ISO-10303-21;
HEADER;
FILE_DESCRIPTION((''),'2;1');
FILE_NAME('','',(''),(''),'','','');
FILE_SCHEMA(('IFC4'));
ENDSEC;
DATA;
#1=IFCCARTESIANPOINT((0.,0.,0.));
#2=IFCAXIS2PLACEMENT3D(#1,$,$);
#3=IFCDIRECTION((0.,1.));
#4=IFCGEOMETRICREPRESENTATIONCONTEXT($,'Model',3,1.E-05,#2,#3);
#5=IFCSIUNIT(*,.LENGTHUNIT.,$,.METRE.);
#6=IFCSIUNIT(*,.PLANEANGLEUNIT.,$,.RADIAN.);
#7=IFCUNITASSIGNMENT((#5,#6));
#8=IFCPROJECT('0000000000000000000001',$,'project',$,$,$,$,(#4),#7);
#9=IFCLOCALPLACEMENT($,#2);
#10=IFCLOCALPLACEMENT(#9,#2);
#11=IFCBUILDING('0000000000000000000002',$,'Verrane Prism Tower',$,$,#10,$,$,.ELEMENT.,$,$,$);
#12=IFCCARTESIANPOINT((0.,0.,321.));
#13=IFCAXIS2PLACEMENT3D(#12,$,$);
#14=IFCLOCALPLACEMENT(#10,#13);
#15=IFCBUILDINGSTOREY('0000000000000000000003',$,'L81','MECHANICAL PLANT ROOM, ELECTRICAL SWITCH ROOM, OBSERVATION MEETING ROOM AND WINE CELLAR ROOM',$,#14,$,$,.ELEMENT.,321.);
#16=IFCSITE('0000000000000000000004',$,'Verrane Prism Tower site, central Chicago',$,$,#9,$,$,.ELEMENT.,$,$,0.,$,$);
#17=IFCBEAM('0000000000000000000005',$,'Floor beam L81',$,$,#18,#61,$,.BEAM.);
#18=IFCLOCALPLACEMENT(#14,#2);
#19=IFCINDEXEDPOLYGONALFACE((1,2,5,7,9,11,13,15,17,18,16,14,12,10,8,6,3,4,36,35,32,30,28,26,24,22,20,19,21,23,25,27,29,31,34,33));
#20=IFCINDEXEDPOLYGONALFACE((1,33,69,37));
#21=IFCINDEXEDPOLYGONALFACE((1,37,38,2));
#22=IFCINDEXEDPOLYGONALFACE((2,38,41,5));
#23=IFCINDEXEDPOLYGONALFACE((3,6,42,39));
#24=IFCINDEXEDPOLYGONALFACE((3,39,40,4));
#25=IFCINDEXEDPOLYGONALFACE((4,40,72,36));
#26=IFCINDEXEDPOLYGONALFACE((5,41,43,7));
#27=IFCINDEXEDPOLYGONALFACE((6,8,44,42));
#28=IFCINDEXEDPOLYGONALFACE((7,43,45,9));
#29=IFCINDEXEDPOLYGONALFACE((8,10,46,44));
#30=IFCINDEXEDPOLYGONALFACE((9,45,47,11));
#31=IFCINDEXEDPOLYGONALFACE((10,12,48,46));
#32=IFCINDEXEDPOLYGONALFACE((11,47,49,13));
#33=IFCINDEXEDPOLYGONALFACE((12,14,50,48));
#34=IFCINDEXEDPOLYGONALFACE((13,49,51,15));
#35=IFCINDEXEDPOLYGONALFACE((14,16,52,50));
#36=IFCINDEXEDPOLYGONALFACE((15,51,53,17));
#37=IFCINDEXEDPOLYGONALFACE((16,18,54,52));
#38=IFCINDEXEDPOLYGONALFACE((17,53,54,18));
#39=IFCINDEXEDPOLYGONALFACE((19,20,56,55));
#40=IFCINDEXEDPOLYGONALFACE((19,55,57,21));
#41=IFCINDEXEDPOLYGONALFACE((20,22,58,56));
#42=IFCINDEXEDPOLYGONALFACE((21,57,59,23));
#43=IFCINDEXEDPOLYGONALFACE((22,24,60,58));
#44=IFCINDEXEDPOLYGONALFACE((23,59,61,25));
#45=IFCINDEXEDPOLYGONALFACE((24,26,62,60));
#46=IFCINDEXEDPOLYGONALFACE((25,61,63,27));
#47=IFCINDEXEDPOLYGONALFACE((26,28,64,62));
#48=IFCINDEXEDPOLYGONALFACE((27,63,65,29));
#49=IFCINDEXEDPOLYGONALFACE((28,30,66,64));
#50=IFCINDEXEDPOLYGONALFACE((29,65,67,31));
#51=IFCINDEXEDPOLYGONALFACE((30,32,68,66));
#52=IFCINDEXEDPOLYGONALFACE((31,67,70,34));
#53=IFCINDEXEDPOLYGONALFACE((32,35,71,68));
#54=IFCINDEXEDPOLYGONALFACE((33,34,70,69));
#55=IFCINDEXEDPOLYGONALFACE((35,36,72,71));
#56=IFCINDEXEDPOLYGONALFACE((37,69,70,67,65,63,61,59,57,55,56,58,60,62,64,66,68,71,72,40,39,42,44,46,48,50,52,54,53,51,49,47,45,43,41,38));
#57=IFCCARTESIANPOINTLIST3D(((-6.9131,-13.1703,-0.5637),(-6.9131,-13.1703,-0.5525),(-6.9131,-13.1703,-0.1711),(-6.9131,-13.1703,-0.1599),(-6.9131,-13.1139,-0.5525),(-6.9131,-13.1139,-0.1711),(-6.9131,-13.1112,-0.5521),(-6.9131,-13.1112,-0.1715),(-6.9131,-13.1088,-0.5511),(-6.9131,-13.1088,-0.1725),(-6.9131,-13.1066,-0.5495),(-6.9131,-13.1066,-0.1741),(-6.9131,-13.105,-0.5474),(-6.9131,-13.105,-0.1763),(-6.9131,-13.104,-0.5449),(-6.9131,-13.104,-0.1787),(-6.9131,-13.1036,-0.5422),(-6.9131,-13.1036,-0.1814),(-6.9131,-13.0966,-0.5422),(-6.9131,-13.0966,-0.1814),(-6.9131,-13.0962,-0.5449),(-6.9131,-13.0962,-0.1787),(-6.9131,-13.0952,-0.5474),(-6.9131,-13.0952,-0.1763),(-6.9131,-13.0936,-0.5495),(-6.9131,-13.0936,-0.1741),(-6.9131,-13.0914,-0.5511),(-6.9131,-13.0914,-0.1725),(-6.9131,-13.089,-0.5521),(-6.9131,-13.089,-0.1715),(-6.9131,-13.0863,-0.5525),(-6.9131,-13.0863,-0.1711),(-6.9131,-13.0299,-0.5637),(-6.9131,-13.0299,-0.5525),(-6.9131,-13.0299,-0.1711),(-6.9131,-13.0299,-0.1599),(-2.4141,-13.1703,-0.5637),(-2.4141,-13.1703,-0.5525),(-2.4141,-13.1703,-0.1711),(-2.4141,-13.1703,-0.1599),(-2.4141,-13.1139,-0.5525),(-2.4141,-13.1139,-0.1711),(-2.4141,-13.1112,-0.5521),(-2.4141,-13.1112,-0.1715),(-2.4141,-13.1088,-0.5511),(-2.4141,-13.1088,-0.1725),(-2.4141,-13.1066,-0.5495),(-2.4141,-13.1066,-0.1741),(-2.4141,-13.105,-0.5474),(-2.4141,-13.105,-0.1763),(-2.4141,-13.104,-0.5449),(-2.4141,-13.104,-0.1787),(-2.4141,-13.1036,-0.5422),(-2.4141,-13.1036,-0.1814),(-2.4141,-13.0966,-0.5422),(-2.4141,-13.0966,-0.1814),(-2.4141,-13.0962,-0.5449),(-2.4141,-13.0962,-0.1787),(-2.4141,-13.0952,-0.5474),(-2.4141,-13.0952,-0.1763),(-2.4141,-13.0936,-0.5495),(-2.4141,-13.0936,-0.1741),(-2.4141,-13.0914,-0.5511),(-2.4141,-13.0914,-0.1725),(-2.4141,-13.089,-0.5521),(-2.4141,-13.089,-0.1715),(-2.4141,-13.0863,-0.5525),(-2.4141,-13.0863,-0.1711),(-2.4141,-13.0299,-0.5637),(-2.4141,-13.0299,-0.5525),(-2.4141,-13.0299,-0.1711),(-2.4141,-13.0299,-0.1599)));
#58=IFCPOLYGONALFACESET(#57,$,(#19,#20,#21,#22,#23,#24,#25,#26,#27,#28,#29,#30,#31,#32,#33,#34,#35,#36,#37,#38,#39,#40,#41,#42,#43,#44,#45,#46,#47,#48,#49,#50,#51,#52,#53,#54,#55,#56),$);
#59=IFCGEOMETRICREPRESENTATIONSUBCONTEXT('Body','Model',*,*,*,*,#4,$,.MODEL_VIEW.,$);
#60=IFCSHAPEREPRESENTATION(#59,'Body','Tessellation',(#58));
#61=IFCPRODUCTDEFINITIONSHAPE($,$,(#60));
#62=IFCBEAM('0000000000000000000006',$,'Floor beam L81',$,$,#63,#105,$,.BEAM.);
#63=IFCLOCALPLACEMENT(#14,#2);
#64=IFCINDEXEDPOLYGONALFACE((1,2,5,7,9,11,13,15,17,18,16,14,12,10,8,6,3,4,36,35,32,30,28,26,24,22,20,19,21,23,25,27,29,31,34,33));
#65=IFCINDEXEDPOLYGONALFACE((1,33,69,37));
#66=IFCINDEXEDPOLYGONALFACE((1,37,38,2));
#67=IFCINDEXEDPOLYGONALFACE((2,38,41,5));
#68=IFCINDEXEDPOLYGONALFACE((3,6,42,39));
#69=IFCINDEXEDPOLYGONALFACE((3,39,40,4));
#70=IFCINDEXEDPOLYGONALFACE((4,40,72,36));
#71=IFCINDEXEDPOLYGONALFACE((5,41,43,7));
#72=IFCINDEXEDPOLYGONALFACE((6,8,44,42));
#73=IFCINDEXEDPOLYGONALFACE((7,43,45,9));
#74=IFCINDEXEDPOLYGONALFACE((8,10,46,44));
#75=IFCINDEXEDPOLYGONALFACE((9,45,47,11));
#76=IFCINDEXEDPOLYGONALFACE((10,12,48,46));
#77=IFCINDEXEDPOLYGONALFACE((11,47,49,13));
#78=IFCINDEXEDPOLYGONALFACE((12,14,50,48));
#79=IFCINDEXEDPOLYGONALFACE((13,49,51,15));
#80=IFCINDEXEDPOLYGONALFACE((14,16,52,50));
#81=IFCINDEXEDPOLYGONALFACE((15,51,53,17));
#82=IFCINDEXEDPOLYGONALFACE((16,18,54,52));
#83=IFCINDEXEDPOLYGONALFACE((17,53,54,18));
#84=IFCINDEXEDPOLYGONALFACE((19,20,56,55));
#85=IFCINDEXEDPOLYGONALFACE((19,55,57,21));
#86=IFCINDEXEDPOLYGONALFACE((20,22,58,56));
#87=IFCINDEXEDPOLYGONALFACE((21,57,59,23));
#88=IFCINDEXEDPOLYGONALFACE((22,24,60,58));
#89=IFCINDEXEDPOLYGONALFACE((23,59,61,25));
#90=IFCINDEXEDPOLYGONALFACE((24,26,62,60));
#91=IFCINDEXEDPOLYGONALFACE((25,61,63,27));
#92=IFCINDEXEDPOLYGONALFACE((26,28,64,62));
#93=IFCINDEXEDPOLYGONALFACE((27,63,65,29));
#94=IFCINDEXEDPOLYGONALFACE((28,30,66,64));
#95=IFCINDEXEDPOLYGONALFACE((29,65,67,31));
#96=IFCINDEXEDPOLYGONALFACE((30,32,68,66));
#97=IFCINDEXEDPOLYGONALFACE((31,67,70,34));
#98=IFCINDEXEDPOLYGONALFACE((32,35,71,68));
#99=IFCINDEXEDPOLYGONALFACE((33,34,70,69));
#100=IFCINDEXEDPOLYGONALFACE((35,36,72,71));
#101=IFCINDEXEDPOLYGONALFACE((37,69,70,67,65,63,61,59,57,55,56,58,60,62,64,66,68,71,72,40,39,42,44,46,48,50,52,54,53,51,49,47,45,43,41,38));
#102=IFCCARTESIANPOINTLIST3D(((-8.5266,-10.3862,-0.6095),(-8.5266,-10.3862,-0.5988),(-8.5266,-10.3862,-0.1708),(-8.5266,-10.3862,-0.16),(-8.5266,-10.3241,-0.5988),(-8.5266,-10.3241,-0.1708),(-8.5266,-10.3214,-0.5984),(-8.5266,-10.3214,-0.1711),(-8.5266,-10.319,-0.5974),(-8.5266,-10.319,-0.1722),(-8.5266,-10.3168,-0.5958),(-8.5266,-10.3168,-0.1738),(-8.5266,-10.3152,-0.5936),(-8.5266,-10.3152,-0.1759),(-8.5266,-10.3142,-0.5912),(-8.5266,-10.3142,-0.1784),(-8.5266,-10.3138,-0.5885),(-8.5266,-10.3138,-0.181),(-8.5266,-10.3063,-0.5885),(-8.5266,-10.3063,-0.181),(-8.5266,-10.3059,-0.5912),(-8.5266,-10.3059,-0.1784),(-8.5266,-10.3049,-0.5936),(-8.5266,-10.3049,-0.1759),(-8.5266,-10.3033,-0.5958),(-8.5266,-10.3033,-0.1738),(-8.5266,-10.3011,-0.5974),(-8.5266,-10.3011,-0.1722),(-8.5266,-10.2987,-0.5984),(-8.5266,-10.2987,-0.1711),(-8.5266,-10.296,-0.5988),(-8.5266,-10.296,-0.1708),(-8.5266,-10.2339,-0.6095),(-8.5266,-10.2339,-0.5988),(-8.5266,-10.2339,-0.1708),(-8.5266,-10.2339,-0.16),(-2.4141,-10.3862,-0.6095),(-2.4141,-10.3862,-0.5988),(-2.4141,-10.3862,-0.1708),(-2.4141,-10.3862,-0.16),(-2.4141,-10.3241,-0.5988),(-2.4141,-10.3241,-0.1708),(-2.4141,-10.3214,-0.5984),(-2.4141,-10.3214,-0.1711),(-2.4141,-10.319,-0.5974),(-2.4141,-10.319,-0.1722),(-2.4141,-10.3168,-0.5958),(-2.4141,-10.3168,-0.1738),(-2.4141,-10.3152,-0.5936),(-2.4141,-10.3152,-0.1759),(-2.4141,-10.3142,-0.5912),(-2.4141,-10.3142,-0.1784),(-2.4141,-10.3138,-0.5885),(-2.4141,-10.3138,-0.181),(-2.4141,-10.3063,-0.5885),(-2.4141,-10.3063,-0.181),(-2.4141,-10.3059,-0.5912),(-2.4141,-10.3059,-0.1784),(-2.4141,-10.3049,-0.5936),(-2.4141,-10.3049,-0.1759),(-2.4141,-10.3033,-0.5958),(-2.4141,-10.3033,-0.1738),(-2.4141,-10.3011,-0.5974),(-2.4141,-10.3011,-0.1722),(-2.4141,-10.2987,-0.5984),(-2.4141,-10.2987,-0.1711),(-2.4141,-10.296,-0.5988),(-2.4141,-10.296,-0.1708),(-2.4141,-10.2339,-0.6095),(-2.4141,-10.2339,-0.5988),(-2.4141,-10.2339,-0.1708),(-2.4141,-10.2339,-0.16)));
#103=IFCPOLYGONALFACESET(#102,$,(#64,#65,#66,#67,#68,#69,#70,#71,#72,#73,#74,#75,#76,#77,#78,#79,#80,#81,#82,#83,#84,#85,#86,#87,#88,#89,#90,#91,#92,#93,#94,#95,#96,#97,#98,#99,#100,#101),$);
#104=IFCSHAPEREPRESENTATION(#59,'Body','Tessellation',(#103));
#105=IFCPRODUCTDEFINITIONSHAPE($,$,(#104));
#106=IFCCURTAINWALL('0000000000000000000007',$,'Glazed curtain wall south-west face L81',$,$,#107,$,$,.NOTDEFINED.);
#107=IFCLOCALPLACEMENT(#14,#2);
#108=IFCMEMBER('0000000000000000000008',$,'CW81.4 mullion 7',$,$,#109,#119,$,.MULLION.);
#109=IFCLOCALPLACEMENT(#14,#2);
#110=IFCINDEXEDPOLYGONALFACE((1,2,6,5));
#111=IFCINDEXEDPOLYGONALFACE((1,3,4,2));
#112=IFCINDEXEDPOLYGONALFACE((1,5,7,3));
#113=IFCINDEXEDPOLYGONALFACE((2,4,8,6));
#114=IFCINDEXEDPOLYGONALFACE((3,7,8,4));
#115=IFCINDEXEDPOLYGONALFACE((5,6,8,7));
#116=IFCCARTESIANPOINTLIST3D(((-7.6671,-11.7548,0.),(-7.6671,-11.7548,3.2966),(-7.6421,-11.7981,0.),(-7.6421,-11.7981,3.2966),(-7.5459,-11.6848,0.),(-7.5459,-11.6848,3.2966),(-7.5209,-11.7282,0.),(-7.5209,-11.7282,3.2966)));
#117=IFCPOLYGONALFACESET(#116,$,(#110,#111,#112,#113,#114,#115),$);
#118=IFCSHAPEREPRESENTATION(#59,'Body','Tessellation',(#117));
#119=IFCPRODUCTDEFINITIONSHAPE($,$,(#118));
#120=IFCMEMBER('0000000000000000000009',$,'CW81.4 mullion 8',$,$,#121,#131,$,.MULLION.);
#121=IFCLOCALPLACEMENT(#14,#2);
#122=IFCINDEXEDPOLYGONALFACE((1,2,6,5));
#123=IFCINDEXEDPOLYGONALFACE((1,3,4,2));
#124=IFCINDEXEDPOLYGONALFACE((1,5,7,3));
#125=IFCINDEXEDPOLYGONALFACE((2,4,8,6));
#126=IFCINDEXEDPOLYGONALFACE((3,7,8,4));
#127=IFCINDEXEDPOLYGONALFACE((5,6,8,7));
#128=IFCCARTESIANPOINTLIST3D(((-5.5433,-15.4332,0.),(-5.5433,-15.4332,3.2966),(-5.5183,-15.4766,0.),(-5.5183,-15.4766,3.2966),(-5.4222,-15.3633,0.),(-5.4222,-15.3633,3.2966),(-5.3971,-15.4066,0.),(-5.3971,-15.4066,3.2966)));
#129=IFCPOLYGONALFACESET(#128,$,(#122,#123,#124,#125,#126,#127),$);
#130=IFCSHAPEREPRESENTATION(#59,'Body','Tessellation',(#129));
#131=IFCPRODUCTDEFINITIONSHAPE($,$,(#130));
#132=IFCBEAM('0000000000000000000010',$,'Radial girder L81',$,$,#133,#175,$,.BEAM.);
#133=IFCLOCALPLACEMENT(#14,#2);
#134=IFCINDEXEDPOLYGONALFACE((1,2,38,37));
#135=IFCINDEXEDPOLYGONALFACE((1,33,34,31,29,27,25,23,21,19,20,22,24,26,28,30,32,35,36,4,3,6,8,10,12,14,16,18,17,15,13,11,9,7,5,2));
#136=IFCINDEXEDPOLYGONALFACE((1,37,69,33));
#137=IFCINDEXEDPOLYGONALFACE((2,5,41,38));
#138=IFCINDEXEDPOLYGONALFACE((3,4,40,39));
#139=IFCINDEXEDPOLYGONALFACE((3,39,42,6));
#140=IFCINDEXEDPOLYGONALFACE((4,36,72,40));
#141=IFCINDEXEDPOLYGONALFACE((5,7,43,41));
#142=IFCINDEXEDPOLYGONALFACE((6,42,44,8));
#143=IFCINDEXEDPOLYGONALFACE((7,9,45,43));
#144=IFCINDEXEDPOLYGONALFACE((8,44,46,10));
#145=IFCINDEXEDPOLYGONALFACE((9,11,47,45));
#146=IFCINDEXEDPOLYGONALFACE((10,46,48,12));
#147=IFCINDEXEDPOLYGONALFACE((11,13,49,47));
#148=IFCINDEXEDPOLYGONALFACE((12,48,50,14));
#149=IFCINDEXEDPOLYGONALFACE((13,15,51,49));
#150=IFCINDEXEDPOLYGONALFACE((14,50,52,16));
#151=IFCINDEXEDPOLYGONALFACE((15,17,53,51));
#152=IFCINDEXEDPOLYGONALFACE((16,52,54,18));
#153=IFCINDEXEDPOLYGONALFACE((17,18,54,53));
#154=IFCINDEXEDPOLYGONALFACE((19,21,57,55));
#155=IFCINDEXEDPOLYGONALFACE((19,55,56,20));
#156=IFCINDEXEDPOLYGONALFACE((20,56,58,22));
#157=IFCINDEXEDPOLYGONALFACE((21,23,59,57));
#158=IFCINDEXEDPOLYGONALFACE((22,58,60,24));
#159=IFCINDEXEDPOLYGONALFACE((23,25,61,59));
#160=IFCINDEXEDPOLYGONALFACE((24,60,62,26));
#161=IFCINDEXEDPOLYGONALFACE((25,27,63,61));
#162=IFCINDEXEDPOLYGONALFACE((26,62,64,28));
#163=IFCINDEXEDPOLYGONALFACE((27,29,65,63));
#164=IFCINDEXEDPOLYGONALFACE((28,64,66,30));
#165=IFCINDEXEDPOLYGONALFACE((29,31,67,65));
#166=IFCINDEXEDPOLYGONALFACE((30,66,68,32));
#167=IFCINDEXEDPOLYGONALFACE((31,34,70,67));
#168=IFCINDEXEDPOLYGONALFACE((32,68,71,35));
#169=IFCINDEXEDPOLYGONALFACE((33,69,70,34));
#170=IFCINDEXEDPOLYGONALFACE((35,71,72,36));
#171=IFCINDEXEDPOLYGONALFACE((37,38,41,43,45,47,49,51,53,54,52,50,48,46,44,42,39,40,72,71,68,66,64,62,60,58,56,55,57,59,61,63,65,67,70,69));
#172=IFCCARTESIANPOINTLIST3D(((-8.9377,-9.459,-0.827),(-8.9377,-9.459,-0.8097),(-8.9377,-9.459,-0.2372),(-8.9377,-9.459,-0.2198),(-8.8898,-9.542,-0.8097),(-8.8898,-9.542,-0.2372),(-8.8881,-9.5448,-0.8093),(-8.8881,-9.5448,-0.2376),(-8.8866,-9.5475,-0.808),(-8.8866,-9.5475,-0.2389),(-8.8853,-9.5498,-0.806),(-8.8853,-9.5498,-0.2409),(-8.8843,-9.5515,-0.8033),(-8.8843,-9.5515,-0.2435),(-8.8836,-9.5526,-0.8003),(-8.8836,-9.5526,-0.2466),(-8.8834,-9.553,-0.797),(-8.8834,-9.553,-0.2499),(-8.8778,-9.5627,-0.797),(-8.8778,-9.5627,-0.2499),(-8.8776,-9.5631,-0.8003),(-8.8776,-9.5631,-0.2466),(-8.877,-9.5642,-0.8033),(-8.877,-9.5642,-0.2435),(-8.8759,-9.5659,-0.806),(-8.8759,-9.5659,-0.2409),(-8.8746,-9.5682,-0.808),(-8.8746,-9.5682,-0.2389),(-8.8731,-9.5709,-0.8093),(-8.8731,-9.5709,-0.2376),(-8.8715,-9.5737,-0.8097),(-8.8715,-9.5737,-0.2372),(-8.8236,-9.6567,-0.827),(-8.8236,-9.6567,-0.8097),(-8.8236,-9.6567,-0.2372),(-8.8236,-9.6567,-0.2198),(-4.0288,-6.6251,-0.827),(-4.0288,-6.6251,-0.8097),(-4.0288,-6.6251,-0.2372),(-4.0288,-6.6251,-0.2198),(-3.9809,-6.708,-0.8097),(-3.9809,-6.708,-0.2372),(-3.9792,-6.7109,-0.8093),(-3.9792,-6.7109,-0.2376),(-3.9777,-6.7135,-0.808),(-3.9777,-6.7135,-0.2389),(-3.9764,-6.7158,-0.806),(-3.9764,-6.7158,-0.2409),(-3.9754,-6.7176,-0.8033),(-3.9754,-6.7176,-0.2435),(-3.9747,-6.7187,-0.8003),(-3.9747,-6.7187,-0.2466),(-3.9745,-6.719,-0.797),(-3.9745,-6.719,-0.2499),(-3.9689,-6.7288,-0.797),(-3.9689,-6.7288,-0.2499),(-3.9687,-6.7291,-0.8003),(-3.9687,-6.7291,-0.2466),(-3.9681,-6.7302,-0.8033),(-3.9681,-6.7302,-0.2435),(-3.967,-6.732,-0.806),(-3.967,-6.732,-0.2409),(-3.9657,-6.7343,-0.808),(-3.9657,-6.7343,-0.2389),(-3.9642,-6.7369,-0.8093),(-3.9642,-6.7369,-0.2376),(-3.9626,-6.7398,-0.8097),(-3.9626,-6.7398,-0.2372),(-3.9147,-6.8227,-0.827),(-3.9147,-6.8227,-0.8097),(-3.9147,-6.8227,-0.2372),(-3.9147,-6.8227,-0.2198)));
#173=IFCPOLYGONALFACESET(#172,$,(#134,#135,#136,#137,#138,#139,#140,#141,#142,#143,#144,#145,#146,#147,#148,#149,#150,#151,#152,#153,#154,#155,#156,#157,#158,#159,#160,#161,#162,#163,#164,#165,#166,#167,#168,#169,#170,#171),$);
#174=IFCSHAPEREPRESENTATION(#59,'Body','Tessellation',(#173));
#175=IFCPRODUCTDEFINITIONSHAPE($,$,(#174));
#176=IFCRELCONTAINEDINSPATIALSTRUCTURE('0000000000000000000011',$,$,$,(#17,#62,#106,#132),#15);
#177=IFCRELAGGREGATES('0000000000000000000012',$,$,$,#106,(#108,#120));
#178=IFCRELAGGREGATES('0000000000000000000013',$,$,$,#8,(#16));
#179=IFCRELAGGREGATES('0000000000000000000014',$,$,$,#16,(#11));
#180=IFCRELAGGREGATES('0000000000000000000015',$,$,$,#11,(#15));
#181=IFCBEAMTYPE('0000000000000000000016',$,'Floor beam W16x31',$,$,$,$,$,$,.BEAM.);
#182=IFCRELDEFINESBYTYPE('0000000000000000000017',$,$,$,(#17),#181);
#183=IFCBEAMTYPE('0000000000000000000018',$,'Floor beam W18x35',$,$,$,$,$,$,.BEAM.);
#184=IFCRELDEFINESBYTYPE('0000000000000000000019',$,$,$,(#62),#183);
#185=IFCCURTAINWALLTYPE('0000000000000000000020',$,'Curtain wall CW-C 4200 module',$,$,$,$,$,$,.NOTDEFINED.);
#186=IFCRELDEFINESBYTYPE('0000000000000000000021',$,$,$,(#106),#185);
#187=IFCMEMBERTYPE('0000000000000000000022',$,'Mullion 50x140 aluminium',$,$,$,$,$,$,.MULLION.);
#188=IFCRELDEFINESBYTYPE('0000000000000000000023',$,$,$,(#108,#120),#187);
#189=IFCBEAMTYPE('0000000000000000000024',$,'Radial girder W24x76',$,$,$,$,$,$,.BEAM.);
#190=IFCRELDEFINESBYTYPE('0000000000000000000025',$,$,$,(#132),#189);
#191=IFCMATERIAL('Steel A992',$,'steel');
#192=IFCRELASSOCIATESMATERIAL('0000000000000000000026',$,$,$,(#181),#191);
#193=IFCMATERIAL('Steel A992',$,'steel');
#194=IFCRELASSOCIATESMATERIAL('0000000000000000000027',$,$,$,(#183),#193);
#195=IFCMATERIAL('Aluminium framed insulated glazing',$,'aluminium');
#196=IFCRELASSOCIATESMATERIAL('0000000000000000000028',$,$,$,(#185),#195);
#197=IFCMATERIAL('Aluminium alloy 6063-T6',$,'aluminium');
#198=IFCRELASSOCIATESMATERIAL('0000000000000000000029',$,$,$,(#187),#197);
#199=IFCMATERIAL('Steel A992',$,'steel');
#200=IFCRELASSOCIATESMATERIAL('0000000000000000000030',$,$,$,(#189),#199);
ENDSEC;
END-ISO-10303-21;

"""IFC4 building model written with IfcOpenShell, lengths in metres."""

from ifc_helpers import new_model, si_unit, direction, frame, origin, origin_2d, place, context, subcontext, project, spatial, rectangle, i_section, extrude, material, material_profile, profile_set, type_object, element, aggregate, save


model = new_model("IFC4")

# Units and contexts
model_context = context("Model", 3, precision=1e-05, world=origin(), true_north=direction((0.0, 1.0)))
body_context = subcontext(model_context, "Body", "Model", "MODEL_VIEW")
ifc_project = project(units=[si_unit("LENGTHUNIT", "METRE"), si_unit("PLANEANGLEUNIT", "RADIAN")], contexts=[model_context])

# Site, building, storey
site_placement = place(None, origin())
site = spatial("IfcSite", under=ifc_project, at=site_placement, Name="Verrane Prism Tower site, central Chicago", CompositionType="ELEMENT", RefElevation=0.0)
building_placement = place(site_placement, origin())
building = spatial("IfcBuilding", under=site, at=building_placement, Name="Verrane Prism Tower", CompositionType="ELEMENT")
storey_placement = place(building_placement, frame((0.0, 0.0, 321.0)))
storey = spatial("IfcBuildingStorey", under=building, at=storey_placement, Name="L81", Description="MECHANICAL PLANT ROOM, ELECTRICAL SWITCH ROOM, OBSERVATION MEETING ROOM AND WINE CELLAR ROOM", CompositionType="ELEMENT", Elevation=321.0)

# Beams
ifc_material_1 = material(Name="Steel A992", Category="steel")
ifc_material_profile_1 = material_profile(ifc_material_1, i_section(OverallWidth=0.1404, OverallDepth=0.4038, WebThickness=0.0071, FlangeThickness=0.0112, FilletRadius=0.0103, at=origin_2d()), Name="W16x31")
ifc_profile_set_1 = profile_set([ifc_material_profile_1], Name="Steel A992")
beam_type_1 = type_object("IfcBeamType", Name="Floor beam W16x31", PredefinedType="BEAM", material=ifc_profile_set_1)
beam_1_placement = place(storey_placement, frame((-6.9131, -13.1001, -0.3618), z_axis=(1.0, 0.0, 0.0), x_axis=(0.0, 1.0, 0.0)))
element("IfcBeam", 1, at=beam_1_placement, inside=storey, type_object=beam_type_1, Name="Floor beam L81", PredefinedType="BEAM", context=body_context, shape_type="SweptSolid", body=[
    extrude(i_section(OverallWidth=0.1404, OverallDepth=0.4038, WebThickness=0.0071, FlangeThickness=0.0112, FilletRadius=0.0103, at=origin_2d()), origin(), (0.0, 0.0, 1.0), 4.499),
])
ifc_material_2 = material(Name="Steel A992", Category="steel")
ifc_material_profile_2 = material_profile(ifc_material_2, i_section(OverallWidth=0.1523, OverallDepth=0.4495, WebThickness=0.0076, FlangeThickness=0.0107, FilletRadius=0.0103, at=origin_2d()), Name="W18x35")
ifc_profile_set_2 = profile_set([ifc_material_profile_2], Name="Steel A992")
beam_type_2 = type_object("IfcBeamType", Name="Floor beam W18x35", PredefinedType="BEAM", material=ifc_profile_set_2)
beam_2_placement = place(storey_placement, frame((-8.5266, -10.3101, -0.3848), z_axis=(1.0, 0.0, 0.0), x_axis=(0.0, 1.0, 0.0)))
element("IfcBeam", 2, at=beam_2_placement, inside=storey, type_object=beam_type_2, Name="Floor beam L81", PredefinedType="BEAM", context=body_context, shape_type="SweptSolid", body=[
    extrude(i_section(OverallWidth=0.1523, OverallDepth=0.4495, WebThickness=0.0076, FlangeThickness=0.0107, FilletRadius=0.0103, at=origin_2d()), origin(), (0.0, 0.0, 1.0), 6.1125),
])

# Curtain wall, members
ifc_material_3 = material(Name="Aluminium framed insulated glazing", Category="aluminium")
curtain_wall_type = type_object("IfcCurtainWallType", Name="Curtain wall CW-C 4200 module", PredefinedType="NOTDEFINED", material=ifc_material_3)
curtain_wall_placement = place(storey_placement, origin())
curtain_wall = element("IfcCurtainWall", 3, at=curtain_wall_placement, inside=storey, type_object=curtain_wall_type, Name="Glazed curtain wall south-west face L81", PredefinedType="NOTDEFINED")
ifc_material_4 = material(Name="Aluminium alloy 6063-T6", Category="aluminium")
ifc_material_profile_3 = material_profile(ifc_material_4, rectangle(XDim=0.1399, YDim=0.05, at=origin_2d()), Name="Mullion 50x140 aluminium")
ifc_profile_set_3 = profile_set([ifc_material_profile_3], Name="Aluminium alloy 6063-T6")
member_type_1 = type_object("IfcMemberType", Name="Mullion 50x140 aluminium", PredefinedType="MULLION", material=ifc_profile_set_3)
member_1_placement = place(storey_placement, frame((-7.594, -11.7415, 0.0), z_axis=(0.0, 0.0, 1.0), x_axis=(0.866025, 0.5, 0.0)))
member_1 = element("IfcMember", 4, at=member_1_placement, type_object=member_type_1, Name="CW81.4 mullion 7", PredefinedType="MULLION", context=body_context, shape_type="SweptSolid", body=[
    extrude(rectangle(XDim=0.1399, YDim=0.05, at=origin_2d()), origin(), (0.0, 0.0, 1.0), 3.2966),
])
member_2_placement = place(storey_placement, frame((-5.4702, -15.4199, 0.0), z_axis=(0.0, 0.0, 1.0), x_axis=(0.866025, 0.5, 0.0)))
member_2 = element("IfcMember", 5, at=member_2_placement, type_object=member_type_1, Name="CW81.4 mullion 8", PredefinedType="MULLION", context=body_context, shape_type="SweptSolid", body=[
    extrude(rectangle(XDim=0.1399, YDim=0.05, at=origin_2d()), origin(), (0.0, 0.0, 1.0), 3.2966),
])

# Beam
ifc_material_5 = material(Name="Steel A992", Category="steel")
ifc_material_profile_4 = material_profile(ifc_material_5, i_section(OverallWidth=0.2283, OverallDepth=0.6072, WebThickness=0.0112, FlangeThickness=0.0173, FilletRadius=0.0127, at=origin_2d()), Name="W24x76")
ifc_profile_set_4 = profile_set([ifc_material_profile_4], Name="Steel A992")
beam_type_3 = type_object("IfcBeamType", Name="Radial girder W24x76", PredefinedType="BEAM", material=ifc_profile_set_4)
beam_3_placement = place(storey_placement, frame((-8.8806, -9.5579, -0.5234), z_axis=(0.86604, 0.499975, 0.0), x_axis=(-0.499975, 0.86604, 0.0)))
element("IfcBeam", 6, at=beam_3_placement, inside=storey, type_object=beam_type_3, Name="Radial girder L81", PredefinedType="BEAM", context=body_context, shape_type="SweptSolid", body=[
    extrude(i_section(OverallWidth=0.2283, OverallDepth=0.6072, WebThickness=0.0112, FlangeThickness=0.0173, FilletRadius=0.0127, at=origin_2d()), origin(), (0.0, 0.0, 1.0), 5.6682),
])

aggregate(curtain_wall, [member_1, member_2])

save(model, "model.ifc")
